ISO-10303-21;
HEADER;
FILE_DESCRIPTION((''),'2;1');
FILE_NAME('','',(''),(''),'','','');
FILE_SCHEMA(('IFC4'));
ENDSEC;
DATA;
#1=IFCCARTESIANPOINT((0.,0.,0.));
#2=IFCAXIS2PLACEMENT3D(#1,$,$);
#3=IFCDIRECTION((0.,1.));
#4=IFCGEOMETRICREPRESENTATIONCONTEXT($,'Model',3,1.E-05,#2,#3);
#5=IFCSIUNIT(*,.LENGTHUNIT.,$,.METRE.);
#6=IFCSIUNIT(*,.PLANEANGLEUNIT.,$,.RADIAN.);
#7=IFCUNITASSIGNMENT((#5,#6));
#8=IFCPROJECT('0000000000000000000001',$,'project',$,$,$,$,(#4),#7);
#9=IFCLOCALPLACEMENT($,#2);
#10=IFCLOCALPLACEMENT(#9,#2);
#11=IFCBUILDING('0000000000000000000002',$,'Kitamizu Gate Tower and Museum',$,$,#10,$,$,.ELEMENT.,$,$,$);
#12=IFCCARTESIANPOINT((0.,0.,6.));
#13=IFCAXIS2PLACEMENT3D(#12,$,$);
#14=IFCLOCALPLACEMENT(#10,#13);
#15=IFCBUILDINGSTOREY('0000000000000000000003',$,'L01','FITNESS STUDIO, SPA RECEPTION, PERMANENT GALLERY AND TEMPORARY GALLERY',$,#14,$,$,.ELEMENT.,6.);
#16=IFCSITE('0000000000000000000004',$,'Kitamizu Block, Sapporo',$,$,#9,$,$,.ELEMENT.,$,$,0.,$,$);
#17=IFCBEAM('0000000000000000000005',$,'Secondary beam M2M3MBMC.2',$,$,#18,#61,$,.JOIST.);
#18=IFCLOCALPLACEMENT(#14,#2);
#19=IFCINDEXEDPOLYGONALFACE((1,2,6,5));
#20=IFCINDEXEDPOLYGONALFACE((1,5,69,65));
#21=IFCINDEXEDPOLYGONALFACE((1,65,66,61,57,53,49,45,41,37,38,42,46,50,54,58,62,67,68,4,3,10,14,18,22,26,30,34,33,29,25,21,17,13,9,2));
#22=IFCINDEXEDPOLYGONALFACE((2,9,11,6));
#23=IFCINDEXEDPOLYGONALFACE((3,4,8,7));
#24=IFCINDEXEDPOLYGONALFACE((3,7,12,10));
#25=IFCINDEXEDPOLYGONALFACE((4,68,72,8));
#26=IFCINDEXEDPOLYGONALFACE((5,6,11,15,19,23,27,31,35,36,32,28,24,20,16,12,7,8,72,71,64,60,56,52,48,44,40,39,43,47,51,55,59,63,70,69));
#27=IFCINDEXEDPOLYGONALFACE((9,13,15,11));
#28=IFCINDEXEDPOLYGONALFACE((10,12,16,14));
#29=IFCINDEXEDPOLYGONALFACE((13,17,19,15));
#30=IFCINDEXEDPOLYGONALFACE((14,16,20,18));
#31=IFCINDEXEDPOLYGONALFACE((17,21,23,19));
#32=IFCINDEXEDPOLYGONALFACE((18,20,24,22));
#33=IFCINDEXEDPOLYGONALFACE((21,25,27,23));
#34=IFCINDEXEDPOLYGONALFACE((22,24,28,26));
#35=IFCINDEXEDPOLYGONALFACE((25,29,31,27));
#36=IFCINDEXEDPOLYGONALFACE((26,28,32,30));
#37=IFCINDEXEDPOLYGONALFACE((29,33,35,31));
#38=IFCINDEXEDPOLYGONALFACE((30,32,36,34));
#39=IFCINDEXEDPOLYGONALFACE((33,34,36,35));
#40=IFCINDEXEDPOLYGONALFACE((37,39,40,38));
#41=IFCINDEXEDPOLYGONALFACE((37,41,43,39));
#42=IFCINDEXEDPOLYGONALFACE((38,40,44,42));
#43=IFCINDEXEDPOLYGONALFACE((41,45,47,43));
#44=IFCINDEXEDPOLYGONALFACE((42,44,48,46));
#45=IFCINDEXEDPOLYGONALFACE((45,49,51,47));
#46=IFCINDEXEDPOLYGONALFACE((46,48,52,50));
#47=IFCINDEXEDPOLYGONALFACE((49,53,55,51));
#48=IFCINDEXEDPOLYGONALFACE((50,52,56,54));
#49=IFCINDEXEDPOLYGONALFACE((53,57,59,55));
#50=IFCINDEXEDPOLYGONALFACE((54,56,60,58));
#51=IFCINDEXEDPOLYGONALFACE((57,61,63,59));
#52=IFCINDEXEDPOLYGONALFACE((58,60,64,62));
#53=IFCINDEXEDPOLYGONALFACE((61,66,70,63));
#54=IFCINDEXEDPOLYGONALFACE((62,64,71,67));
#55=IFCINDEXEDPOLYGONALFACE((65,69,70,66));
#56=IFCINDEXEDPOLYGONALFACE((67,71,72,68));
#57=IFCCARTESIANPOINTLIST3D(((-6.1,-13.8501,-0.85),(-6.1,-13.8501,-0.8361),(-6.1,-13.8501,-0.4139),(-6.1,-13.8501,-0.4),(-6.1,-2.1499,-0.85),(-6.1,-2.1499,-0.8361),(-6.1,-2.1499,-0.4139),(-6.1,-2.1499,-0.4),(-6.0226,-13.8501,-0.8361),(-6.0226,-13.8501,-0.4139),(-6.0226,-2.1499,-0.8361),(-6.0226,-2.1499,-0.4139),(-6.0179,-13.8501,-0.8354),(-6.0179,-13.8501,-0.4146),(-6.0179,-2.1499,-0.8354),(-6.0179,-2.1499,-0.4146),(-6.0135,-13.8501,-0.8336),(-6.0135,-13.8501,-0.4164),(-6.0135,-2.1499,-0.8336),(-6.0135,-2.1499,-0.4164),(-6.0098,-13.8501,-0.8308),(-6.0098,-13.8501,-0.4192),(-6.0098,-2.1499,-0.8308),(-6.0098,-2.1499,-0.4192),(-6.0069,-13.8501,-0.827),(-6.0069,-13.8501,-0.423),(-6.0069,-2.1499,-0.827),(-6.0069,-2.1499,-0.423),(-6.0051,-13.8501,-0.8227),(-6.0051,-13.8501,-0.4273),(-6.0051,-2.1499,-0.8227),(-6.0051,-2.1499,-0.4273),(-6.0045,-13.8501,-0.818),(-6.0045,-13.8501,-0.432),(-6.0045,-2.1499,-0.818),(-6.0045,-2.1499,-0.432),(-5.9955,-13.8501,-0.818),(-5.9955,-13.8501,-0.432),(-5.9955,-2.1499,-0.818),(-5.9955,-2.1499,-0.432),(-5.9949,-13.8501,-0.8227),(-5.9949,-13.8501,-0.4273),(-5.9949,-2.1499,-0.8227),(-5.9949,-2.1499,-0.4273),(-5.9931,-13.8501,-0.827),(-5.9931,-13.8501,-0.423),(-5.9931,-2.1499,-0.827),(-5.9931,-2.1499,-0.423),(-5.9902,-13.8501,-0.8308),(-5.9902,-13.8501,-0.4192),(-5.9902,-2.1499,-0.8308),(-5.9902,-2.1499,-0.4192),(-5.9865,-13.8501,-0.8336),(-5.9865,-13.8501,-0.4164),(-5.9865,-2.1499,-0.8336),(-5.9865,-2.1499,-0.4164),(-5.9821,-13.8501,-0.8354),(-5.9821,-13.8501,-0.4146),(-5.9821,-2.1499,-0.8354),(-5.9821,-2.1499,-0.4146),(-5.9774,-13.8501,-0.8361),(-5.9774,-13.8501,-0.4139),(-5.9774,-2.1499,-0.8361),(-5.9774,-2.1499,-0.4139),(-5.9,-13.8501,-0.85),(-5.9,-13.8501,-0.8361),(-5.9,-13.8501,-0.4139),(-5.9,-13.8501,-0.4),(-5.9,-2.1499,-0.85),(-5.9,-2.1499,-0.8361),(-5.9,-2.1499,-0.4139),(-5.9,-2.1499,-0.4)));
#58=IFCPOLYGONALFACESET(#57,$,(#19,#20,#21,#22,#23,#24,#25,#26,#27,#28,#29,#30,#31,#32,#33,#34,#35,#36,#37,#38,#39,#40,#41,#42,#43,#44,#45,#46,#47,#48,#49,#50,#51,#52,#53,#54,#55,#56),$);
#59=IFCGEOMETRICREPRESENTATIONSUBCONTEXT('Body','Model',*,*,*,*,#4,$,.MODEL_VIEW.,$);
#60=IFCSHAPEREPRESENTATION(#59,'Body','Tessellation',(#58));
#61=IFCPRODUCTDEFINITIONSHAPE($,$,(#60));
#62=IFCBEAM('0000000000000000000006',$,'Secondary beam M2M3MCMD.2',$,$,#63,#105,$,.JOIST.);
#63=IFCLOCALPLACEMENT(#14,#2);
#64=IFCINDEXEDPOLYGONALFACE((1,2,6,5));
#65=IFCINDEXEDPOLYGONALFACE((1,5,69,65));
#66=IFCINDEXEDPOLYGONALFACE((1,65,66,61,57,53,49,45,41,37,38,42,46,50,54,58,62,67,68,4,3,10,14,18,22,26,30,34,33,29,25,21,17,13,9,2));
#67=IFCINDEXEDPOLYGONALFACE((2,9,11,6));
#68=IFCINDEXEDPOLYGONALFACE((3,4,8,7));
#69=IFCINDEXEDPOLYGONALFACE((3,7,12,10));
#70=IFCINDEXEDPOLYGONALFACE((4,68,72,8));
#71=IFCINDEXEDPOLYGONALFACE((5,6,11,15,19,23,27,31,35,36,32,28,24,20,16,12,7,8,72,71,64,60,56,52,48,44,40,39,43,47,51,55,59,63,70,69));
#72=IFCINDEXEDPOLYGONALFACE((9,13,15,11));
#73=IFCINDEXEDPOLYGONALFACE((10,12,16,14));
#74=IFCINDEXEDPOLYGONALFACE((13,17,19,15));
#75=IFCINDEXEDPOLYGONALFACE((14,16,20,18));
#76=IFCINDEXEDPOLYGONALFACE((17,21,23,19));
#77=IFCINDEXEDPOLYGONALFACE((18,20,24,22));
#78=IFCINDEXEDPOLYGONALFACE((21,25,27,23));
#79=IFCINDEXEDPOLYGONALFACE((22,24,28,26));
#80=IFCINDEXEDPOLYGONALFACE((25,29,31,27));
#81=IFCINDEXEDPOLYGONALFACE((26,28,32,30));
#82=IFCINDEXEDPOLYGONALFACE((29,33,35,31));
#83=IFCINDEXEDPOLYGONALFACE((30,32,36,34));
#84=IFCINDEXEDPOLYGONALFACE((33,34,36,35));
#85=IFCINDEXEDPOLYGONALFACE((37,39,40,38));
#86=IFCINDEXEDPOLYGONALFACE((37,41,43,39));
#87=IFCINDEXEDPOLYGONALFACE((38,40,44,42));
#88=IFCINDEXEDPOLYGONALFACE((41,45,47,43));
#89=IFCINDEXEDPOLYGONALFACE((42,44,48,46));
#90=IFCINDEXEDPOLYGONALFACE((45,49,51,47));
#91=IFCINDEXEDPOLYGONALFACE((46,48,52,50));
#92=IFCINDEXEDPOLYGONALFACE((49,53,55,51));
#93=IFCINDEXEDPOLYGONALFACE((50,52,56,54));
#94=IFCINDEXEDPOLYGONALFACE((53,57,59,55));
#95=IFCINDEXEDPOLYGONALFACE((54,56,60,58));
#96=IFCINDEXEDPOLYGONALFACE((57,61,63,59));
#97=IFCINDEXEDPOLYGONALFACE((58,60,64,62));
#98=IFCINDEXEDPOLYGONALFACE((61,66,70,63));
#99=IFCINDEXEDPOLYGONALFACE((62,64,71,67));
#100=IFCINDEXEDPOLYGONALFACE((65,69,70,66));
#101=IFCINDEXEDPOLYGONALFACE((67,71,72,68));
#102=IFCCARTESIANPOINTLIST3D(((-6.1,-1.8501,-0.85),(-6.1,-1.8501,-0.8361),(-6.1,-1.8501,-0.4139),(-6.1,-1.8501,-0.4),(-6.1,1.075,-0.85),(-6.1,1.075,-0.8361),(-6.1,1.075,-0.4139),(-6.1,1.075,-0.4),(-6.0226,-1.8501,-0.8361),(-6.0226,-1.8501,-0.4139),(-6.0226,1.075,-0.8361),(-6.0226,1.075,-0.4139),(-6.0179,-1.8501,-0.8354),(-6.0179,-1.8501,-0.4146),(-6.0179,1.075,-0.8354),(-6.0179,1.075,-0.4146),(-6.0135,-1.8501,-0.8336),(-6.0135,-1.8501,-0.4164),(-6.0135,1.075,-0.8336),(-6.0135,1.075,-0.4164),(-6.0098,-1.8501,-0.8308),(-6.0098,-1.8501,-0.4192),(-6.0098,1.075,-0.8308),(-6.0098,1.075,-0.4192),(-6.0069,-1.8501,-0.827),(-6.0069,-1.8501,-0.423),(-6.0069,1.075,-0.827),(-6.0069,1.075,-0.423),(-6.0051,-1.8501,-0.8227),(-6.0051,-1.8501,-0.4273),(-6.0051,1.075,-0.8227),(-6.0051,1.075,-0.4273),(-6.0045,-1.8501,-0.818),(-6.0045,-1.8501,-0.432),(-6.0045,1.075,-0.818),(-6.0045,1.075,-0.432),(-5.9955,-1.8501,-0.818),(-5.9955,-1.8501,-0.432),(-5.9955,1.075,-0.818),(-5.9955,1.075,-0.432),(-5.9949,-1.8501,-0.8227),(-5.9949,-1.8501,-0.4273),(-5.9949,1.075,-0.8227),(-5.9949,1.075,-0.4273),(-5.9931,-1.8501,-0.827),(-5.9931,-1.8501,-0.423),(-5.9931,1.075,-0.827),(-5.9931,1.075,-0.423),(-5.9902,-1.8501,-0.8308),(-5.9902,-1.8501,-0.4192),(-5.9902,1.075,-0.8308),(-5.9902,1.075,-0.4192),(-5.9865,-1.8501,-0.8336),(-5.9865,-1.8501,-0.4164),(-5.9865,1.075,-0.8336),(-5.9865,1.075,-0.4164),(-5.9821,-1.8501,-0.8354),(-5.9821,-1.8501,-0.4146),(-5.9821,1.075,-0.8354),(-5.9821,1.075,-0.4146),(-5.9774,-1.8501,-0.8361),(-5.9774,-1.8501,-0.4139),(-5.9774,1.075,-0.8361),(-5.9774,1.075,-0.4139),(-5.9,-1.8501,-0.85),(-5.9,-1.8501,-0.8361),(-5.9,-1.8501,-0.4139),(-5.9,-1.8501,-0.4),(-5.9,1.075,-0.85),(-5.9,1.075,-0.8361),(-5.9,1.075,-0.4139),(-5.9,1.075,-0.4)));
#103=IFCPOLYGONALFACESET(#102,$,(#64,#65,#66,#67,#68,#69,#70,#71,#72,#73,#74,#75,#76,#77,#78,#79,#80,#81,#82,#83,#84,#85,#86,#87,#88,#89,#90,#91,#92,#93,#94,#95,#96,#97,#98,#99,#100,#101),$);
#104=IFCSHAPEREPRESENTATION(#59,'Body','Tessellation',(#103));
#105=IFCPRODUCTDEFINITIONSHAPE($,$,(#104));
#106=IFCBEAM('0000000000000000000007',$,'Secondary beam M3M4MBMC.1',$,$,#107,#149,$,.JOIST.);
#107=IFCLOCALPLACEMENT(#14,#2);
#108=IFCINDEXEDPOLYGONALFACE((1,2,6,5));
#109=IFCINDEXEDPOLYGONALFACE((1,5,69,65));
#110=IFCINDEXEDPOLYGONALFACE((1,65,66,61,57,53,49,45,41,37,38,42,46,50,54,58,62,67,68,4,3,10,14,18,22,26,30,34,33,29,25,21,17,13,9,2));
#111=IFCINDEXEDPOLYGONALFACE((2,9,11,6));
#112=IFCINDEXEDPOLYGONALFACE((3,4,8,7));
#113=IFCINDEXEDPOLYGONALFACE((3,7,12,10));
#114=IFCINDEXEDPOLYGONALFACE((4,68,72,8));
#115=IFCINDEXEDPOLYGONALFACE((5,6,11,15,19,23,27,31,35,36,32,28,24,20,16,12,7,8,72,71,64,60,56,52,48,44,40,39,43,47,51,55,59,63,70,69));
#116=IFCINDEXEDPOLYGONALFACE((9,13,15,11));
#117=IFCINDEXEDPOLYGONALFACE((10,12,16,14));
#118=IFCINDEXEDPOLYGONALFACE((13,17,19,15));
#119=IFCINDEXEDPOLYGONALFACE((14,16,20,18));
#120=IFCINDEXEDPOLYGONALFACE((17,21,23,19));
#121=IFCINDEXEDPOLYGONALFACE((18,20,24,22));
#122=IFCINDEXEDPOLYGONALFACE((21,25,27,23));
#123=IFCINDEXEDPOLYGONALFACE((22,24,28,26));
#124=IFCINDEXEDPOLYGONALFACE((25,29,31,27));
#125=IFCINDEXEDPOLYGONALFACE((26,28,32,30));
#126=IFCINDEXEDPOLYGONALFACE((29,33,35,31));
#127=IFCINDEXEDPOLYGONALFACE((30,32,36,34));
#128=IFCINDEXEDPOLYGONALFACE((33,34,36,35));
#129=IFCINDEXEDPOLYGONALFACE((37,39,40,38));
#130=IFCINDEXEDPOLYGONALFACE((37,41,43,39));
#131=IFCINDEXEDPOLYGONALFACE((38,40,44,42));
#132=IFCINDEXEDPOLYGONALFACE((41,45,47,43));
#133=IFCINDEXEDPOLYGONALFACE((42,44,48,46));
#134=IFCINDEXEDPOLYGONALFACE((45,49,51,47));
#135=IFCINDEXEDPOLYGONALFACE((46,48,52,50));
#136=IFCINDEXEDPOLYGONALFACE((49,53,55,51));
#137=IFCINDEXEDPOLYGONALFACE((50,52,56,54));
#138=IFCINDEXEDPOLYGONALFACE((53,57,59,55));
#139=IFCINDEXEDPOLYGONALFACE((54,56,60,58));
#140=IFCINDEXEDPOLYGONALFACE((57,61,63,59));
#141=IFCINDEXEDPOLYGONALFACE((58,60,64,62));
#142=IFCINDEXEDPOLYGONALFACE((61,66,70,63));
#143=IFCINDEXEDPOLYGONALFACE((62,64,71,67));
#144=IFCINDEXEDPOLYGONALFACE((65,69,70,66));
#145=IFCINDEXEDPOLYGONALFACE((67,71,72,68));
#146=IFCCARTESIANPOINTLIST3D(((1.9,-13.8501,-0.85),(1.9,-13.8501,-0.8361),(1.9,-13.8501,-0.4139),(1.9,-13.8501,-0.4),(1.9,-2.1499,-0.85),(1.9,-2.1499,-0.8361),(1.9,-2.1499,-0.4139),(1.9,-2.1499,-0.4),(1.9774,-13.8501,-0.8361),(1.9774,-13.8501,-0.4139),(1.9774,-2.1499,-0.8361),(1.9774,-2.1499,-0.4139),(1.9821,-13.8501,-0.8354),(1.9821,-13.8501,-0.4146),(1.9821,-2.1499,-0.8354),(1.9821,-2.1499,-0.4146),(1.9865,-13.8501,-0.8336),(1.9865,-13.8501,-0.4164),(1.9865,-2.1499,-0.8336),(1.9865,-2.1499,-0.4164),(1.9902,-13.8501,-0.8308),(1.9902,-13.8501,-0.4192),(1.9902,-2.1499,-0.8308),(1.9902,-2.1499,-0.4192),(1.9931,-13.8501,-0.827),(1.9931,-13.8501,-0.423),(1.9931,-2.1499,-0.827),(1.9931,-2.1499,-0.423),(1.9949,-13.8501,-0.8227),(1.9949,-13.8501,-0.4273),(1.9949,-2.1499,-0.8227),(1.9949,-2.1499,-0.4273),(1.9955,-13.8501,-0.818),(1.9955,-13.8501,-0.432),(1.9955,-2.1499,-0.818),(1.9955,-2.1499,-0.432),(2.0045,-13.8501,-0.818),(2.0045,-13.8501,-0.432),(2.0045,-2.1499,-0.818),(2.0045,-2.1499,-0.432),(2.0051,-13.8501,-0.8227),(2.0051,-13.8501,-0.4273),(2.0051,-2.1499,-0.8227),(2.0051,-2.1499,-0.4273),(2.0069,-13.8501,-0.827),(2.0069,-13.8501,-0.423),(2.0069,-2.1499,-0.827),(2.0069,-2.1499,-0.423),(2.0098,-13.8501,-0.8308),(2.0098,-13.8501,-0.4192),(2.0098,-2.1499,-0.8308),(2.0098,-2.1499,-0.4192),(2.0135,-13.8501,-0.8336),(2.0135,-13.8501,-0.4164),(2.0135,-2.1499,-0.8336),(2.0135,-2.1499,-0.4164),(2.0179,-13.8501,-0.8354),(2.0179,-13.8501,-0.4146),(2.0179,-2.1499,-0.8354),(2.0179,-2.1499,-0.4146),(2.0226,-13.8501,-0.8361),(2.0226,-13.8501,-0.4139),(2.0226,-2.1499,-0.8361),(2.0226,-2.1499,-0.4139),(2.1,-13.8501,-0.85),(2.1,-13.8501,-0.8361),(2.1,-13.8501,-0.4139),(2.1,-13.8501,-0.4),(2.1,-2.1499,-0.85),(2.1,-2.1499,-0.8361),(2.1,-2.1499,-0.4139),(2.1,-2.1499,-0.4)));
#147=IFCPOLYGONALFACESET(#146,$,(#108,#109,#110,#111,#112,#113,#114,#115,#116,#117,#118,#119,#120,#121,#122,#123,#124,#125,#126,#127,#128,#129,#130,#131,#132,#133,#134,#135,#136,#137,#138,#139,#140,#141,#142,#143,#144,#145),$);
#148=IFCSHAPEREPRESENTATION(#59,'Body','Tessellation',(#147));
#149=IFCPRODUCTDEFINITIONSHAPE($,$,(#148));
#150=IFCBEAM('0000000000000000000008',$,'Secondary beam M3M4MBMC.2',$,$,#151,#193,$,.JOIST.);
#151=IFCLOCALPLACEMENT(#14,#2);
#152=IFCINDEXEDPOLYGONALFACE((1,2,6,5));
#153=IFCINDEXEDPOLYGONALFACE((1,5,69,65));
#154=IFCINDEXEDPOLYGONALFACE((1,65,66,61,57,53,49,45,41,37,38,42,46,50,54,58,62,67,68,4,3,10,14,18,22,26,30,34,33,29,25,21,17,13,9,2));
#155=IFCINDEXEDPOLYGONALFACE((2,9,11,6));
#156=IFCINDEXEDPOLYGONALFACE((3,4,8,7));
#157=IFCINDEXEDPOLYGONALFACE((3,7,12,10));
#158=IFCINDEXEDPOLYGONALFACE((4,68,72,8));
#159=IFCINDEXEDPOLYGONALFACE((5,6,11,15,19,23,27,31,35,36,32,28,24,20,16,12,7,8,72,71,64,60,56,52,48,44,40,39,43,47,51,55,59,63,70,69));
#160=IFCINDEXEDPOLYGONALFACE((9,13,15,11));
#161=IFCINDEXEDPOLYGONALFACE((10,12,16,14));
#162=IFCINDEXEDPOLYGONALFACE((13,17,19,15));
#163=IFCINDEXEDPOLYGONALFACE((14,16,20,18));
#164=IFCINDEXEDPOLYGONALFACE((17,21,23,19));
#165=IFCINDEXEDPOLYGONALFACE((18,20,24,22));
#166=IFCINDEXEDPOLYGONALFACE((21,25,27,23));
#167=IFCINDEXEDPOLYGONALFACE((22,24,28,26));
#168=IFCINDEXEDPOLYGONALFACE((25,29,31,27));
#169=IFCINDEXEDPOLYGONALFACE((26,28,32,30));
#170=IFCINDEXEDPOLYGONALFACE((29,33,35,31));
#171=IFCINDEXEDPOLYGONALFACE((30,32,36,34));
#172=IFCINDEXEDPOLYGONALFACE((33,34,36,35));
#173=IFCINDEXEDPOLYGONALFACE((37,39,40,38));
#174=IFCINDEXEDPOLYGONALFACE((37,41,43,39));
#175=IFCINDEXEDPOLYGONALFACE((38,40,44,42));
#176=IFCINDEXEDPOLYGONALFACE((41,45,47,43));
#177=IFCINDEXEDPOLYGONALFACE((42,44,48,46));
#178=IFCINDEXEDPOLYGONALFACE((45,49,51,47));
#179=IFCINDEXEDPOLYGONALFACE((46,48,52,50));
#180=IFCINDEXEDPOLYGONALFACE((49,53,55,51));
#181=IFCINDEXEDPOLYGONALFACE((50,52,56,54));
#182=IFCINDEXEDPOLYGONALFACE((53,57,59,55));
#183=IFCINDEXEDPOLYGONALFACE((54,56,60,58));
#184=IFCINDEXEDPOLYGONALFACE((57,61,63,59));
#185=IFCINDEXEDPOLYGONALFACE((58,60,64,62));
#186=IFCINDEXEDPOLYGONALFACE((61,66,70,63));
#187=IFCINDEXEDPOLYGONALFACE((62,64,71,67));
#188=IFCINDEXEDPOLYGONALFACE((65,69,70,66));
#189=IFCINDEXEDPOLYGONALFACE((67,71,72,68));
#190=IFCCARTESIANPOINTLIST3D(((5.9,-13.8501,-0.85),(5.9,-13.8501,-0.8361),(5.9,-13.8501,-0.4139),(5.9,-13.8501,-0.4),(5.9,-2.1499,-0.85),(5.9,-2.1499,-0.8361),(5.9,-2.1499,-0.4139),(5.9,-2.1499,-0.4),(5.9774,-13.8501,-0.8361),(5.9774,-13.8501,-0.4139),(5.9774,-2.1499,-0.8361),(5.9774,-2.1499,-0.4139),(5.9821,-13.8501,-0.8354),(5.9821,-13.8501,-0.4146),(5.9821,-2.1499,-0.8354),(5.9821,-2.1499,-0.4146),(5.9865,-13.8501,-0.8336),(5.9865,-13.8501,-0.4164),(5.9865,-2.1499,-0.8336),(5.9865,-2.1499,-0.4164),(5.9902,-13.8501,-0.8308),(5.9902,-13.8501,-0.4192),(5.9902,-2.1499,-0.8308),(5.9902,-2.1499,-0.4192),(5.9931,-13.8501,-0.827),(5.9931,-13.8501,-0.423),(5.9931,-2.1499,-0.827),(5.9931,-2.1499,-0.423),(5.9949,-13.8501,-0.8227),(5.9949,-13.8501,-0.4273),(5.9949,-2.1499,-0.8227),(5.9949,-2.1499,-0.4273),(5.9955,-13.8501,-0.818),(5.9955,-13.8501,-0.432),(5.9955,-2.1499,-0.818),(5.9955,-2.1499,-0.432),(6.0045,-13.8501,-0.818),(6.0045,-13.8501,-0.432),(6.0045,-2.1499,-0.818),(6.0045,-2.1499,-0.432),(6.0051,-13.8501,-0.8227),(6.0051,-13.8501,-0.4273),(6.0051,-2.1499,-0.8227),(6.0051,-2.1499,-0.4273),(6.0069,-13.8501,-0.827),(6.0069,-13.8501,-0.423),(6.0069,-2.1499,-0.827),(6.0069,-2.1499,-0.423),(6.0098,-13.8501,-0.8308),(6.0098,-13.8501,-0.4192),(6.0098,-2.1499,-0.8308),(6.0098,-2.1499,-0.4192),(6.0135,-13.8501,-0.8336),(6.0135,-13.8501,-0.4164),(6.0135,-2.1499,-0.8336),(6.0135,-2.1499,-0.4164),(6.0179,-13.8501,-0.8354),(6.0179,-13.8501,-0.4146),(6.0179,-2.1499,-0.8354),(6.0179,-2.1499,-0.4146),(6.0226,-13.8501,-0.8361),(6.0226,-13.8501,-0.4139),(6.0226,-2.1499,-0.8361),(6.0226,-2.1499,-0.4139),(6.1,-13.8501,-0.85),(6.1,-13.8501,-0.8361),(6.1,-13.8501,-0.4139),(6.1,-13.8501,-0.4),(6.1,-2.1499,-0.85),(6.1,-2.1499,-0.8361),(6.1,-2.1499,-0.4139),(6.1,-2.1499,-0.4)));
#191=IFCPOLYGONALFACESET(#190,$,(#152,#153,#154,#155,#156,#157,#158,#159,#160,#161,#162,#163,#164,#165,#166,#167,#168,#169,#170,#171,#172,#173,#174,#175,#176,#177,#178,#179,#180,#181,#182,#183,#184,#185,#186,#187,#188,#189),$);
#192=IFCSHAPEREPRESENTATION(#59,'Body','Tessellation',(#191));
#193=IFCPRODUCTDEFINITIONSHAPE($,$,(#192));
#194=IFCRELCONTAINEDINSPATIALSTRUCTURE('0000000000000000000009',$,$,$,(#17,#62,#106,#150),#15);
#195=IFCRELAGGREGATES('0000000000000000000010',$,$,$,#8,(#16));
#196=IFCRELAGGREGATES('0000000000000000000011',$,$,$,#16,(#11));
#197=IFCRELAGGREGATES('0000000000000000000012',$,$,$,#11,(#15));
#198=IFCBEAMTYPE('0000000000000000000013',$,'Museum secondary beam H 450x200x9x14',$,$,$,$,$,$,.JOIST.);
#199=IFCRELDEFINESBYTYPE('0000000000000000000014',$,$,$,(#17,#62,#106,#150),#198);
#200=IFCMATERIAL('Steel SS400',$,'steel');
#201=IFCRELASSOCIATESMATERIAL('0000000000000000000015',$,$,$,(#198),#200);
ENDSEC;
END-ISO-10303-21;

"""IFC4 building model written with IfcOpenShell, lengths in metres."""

from ifc_helpers import new_model, si_unit, direction, frame, origin, origin_2d, place, context, subcontext, project, spatial, i_section, extrude, material, material_profile, profile_set, type_object, element, save


model = new_model("IFC4")

# Units and contexts
model_context = context("Model", 3, precision=1e-05, world=origin(), true_north=direction((0.0, 1.0)))
body_context = subcontext(model_context, "Body", "Model", "MODEL_VIEW")
ifc_project = project(units=[si_unit("LENGTHUNIT", "METRE"), si_unit("PLANEANGLEUNIT", "RADIAN")], contexts=[model_context])

# Site, building, storey
site_placement = place(None, origin())
site = spatial("IfcSite", under=ifc_project, at=site_placement, Name="Kitamizu Block, Sapporo", CompositionType="ELEMENT", RefElevation=0.0)
building_placement = place(site_placement, origin())
building = spatial("IfcBuilding", under=site, at=building_placement, Name="Kitamizu Gate Tower and Museum", CompositionType="ELEMENT")
storey_placement = place(building_placement, frame((0.0, 0.0, 6.0)))
storey = spatial("IfcBuildingStorey", under=building, at=storey_placement, Name="L01", Description="FITNESS STUDIO, SPA RECEPTION, PERMANENT GALLERY AND TEMPORARY GALLERY", CompositionType="ELEMENT", Elevation=6.0)

# Beams
ifc_material_1 = material(Name="Steel SS400", Category="steel")
ifc_material_profile_1 = material_profile(ifc_material_1, i_section(OverallWidth=0.2, OverallDepth=0.45, WebThickness=0.009, FlangeThickness=0.0139, FilletRadius=0.0181, at=origin_2d()), Name="H-450x200x9x14")
ifc_profile_set_1 = profile_set([ifc_material_profile_1], Name="Steel SS400")
beam_type_1 = type_object("IfcBeamType", Name="Museum secondary beam H 450x200x9x14", PredefinedType="JOIST", material=ifc_profile_set_1)
beam_1_placement = place(storey_placement, frame((-6.0, -13.8501, -0.625), z_axis=(0.0, 1.0, 0.0), x_axis=(-1.0, 0.0, 0.0)))
element("IfcBeam", 1, at=beam_1_placement, inside=storey, type_object=beam_type_1, Name="Secondary beam M2M3MBMC.2", PredefinedType="JOIST", context=body_context, shape_type="SweptSolid", body=[
    extrude(i_section(OverallWidth=0.2, OverallDepth=0.45, WebThickness=0.009, FlangeThickness=0.0139, FilletRadius=0.0181, at=origin_2d()), origin(), (0.0, 0.0, 1.0), 11.7002),
])
beam_2_placement = place(storey_placement, frame((-6.0, -1.8501, -0.625), z_axis=(0.0, 1.0, 0.0), x_axis=(-1.0, 0.0, 0.0)))
element("IfcBeam", 2, at=beam_2_placement, inside=storey, type_object=beam_type_1, Name="Secondary beam M2M3MCMD.2", PredefinedType="JOIST", context=body_context, shape_type="SweptSolid", body=[
    extrude(i_section(OverallWidth=0.2, OverallDepth=0.45, WebThickness=0.009, FlangeThickness=0.0139, FilletRadius=0.0181, at=origin_2d()), origin(), (0.0, 0.0, 1.0), 2.925),
])
for number, where, z_axis, x_axis, name in (
    (3, (2.0, -13.8501, -0.625), (0.0, 1.0, 0.0), (-1.0, 0.0, 0.0), "Secondary beam M3M4MBMC.1"),
    (4, (6.0, -13.8501, -0.625), (0.0, 1.0, 0.0), (-1.0, 0.0, 0.0), "Secondary beam M3M4MBMC.2"),
):
    element("IfcBeam", number, at=place(storey_placement, frame(where, z_axis=z_axis, x_axis=x_axis)), inside=storey, type_object=beam_type_1, Name=name, PredefinedType="JOIST", context=body_context, shape_type="SweptSolid", body=[
        extrude(i_section(OverallWidth=0.2, OverallDepth=0.45, WebThickness=0.009, FlangeThickness=0.0139, FilletRadius=0.0181, at=origin_2d()), origin(), (0.0, 0.0, 1.0), 11.7002),
    ])

save(model, "model.ifc")
